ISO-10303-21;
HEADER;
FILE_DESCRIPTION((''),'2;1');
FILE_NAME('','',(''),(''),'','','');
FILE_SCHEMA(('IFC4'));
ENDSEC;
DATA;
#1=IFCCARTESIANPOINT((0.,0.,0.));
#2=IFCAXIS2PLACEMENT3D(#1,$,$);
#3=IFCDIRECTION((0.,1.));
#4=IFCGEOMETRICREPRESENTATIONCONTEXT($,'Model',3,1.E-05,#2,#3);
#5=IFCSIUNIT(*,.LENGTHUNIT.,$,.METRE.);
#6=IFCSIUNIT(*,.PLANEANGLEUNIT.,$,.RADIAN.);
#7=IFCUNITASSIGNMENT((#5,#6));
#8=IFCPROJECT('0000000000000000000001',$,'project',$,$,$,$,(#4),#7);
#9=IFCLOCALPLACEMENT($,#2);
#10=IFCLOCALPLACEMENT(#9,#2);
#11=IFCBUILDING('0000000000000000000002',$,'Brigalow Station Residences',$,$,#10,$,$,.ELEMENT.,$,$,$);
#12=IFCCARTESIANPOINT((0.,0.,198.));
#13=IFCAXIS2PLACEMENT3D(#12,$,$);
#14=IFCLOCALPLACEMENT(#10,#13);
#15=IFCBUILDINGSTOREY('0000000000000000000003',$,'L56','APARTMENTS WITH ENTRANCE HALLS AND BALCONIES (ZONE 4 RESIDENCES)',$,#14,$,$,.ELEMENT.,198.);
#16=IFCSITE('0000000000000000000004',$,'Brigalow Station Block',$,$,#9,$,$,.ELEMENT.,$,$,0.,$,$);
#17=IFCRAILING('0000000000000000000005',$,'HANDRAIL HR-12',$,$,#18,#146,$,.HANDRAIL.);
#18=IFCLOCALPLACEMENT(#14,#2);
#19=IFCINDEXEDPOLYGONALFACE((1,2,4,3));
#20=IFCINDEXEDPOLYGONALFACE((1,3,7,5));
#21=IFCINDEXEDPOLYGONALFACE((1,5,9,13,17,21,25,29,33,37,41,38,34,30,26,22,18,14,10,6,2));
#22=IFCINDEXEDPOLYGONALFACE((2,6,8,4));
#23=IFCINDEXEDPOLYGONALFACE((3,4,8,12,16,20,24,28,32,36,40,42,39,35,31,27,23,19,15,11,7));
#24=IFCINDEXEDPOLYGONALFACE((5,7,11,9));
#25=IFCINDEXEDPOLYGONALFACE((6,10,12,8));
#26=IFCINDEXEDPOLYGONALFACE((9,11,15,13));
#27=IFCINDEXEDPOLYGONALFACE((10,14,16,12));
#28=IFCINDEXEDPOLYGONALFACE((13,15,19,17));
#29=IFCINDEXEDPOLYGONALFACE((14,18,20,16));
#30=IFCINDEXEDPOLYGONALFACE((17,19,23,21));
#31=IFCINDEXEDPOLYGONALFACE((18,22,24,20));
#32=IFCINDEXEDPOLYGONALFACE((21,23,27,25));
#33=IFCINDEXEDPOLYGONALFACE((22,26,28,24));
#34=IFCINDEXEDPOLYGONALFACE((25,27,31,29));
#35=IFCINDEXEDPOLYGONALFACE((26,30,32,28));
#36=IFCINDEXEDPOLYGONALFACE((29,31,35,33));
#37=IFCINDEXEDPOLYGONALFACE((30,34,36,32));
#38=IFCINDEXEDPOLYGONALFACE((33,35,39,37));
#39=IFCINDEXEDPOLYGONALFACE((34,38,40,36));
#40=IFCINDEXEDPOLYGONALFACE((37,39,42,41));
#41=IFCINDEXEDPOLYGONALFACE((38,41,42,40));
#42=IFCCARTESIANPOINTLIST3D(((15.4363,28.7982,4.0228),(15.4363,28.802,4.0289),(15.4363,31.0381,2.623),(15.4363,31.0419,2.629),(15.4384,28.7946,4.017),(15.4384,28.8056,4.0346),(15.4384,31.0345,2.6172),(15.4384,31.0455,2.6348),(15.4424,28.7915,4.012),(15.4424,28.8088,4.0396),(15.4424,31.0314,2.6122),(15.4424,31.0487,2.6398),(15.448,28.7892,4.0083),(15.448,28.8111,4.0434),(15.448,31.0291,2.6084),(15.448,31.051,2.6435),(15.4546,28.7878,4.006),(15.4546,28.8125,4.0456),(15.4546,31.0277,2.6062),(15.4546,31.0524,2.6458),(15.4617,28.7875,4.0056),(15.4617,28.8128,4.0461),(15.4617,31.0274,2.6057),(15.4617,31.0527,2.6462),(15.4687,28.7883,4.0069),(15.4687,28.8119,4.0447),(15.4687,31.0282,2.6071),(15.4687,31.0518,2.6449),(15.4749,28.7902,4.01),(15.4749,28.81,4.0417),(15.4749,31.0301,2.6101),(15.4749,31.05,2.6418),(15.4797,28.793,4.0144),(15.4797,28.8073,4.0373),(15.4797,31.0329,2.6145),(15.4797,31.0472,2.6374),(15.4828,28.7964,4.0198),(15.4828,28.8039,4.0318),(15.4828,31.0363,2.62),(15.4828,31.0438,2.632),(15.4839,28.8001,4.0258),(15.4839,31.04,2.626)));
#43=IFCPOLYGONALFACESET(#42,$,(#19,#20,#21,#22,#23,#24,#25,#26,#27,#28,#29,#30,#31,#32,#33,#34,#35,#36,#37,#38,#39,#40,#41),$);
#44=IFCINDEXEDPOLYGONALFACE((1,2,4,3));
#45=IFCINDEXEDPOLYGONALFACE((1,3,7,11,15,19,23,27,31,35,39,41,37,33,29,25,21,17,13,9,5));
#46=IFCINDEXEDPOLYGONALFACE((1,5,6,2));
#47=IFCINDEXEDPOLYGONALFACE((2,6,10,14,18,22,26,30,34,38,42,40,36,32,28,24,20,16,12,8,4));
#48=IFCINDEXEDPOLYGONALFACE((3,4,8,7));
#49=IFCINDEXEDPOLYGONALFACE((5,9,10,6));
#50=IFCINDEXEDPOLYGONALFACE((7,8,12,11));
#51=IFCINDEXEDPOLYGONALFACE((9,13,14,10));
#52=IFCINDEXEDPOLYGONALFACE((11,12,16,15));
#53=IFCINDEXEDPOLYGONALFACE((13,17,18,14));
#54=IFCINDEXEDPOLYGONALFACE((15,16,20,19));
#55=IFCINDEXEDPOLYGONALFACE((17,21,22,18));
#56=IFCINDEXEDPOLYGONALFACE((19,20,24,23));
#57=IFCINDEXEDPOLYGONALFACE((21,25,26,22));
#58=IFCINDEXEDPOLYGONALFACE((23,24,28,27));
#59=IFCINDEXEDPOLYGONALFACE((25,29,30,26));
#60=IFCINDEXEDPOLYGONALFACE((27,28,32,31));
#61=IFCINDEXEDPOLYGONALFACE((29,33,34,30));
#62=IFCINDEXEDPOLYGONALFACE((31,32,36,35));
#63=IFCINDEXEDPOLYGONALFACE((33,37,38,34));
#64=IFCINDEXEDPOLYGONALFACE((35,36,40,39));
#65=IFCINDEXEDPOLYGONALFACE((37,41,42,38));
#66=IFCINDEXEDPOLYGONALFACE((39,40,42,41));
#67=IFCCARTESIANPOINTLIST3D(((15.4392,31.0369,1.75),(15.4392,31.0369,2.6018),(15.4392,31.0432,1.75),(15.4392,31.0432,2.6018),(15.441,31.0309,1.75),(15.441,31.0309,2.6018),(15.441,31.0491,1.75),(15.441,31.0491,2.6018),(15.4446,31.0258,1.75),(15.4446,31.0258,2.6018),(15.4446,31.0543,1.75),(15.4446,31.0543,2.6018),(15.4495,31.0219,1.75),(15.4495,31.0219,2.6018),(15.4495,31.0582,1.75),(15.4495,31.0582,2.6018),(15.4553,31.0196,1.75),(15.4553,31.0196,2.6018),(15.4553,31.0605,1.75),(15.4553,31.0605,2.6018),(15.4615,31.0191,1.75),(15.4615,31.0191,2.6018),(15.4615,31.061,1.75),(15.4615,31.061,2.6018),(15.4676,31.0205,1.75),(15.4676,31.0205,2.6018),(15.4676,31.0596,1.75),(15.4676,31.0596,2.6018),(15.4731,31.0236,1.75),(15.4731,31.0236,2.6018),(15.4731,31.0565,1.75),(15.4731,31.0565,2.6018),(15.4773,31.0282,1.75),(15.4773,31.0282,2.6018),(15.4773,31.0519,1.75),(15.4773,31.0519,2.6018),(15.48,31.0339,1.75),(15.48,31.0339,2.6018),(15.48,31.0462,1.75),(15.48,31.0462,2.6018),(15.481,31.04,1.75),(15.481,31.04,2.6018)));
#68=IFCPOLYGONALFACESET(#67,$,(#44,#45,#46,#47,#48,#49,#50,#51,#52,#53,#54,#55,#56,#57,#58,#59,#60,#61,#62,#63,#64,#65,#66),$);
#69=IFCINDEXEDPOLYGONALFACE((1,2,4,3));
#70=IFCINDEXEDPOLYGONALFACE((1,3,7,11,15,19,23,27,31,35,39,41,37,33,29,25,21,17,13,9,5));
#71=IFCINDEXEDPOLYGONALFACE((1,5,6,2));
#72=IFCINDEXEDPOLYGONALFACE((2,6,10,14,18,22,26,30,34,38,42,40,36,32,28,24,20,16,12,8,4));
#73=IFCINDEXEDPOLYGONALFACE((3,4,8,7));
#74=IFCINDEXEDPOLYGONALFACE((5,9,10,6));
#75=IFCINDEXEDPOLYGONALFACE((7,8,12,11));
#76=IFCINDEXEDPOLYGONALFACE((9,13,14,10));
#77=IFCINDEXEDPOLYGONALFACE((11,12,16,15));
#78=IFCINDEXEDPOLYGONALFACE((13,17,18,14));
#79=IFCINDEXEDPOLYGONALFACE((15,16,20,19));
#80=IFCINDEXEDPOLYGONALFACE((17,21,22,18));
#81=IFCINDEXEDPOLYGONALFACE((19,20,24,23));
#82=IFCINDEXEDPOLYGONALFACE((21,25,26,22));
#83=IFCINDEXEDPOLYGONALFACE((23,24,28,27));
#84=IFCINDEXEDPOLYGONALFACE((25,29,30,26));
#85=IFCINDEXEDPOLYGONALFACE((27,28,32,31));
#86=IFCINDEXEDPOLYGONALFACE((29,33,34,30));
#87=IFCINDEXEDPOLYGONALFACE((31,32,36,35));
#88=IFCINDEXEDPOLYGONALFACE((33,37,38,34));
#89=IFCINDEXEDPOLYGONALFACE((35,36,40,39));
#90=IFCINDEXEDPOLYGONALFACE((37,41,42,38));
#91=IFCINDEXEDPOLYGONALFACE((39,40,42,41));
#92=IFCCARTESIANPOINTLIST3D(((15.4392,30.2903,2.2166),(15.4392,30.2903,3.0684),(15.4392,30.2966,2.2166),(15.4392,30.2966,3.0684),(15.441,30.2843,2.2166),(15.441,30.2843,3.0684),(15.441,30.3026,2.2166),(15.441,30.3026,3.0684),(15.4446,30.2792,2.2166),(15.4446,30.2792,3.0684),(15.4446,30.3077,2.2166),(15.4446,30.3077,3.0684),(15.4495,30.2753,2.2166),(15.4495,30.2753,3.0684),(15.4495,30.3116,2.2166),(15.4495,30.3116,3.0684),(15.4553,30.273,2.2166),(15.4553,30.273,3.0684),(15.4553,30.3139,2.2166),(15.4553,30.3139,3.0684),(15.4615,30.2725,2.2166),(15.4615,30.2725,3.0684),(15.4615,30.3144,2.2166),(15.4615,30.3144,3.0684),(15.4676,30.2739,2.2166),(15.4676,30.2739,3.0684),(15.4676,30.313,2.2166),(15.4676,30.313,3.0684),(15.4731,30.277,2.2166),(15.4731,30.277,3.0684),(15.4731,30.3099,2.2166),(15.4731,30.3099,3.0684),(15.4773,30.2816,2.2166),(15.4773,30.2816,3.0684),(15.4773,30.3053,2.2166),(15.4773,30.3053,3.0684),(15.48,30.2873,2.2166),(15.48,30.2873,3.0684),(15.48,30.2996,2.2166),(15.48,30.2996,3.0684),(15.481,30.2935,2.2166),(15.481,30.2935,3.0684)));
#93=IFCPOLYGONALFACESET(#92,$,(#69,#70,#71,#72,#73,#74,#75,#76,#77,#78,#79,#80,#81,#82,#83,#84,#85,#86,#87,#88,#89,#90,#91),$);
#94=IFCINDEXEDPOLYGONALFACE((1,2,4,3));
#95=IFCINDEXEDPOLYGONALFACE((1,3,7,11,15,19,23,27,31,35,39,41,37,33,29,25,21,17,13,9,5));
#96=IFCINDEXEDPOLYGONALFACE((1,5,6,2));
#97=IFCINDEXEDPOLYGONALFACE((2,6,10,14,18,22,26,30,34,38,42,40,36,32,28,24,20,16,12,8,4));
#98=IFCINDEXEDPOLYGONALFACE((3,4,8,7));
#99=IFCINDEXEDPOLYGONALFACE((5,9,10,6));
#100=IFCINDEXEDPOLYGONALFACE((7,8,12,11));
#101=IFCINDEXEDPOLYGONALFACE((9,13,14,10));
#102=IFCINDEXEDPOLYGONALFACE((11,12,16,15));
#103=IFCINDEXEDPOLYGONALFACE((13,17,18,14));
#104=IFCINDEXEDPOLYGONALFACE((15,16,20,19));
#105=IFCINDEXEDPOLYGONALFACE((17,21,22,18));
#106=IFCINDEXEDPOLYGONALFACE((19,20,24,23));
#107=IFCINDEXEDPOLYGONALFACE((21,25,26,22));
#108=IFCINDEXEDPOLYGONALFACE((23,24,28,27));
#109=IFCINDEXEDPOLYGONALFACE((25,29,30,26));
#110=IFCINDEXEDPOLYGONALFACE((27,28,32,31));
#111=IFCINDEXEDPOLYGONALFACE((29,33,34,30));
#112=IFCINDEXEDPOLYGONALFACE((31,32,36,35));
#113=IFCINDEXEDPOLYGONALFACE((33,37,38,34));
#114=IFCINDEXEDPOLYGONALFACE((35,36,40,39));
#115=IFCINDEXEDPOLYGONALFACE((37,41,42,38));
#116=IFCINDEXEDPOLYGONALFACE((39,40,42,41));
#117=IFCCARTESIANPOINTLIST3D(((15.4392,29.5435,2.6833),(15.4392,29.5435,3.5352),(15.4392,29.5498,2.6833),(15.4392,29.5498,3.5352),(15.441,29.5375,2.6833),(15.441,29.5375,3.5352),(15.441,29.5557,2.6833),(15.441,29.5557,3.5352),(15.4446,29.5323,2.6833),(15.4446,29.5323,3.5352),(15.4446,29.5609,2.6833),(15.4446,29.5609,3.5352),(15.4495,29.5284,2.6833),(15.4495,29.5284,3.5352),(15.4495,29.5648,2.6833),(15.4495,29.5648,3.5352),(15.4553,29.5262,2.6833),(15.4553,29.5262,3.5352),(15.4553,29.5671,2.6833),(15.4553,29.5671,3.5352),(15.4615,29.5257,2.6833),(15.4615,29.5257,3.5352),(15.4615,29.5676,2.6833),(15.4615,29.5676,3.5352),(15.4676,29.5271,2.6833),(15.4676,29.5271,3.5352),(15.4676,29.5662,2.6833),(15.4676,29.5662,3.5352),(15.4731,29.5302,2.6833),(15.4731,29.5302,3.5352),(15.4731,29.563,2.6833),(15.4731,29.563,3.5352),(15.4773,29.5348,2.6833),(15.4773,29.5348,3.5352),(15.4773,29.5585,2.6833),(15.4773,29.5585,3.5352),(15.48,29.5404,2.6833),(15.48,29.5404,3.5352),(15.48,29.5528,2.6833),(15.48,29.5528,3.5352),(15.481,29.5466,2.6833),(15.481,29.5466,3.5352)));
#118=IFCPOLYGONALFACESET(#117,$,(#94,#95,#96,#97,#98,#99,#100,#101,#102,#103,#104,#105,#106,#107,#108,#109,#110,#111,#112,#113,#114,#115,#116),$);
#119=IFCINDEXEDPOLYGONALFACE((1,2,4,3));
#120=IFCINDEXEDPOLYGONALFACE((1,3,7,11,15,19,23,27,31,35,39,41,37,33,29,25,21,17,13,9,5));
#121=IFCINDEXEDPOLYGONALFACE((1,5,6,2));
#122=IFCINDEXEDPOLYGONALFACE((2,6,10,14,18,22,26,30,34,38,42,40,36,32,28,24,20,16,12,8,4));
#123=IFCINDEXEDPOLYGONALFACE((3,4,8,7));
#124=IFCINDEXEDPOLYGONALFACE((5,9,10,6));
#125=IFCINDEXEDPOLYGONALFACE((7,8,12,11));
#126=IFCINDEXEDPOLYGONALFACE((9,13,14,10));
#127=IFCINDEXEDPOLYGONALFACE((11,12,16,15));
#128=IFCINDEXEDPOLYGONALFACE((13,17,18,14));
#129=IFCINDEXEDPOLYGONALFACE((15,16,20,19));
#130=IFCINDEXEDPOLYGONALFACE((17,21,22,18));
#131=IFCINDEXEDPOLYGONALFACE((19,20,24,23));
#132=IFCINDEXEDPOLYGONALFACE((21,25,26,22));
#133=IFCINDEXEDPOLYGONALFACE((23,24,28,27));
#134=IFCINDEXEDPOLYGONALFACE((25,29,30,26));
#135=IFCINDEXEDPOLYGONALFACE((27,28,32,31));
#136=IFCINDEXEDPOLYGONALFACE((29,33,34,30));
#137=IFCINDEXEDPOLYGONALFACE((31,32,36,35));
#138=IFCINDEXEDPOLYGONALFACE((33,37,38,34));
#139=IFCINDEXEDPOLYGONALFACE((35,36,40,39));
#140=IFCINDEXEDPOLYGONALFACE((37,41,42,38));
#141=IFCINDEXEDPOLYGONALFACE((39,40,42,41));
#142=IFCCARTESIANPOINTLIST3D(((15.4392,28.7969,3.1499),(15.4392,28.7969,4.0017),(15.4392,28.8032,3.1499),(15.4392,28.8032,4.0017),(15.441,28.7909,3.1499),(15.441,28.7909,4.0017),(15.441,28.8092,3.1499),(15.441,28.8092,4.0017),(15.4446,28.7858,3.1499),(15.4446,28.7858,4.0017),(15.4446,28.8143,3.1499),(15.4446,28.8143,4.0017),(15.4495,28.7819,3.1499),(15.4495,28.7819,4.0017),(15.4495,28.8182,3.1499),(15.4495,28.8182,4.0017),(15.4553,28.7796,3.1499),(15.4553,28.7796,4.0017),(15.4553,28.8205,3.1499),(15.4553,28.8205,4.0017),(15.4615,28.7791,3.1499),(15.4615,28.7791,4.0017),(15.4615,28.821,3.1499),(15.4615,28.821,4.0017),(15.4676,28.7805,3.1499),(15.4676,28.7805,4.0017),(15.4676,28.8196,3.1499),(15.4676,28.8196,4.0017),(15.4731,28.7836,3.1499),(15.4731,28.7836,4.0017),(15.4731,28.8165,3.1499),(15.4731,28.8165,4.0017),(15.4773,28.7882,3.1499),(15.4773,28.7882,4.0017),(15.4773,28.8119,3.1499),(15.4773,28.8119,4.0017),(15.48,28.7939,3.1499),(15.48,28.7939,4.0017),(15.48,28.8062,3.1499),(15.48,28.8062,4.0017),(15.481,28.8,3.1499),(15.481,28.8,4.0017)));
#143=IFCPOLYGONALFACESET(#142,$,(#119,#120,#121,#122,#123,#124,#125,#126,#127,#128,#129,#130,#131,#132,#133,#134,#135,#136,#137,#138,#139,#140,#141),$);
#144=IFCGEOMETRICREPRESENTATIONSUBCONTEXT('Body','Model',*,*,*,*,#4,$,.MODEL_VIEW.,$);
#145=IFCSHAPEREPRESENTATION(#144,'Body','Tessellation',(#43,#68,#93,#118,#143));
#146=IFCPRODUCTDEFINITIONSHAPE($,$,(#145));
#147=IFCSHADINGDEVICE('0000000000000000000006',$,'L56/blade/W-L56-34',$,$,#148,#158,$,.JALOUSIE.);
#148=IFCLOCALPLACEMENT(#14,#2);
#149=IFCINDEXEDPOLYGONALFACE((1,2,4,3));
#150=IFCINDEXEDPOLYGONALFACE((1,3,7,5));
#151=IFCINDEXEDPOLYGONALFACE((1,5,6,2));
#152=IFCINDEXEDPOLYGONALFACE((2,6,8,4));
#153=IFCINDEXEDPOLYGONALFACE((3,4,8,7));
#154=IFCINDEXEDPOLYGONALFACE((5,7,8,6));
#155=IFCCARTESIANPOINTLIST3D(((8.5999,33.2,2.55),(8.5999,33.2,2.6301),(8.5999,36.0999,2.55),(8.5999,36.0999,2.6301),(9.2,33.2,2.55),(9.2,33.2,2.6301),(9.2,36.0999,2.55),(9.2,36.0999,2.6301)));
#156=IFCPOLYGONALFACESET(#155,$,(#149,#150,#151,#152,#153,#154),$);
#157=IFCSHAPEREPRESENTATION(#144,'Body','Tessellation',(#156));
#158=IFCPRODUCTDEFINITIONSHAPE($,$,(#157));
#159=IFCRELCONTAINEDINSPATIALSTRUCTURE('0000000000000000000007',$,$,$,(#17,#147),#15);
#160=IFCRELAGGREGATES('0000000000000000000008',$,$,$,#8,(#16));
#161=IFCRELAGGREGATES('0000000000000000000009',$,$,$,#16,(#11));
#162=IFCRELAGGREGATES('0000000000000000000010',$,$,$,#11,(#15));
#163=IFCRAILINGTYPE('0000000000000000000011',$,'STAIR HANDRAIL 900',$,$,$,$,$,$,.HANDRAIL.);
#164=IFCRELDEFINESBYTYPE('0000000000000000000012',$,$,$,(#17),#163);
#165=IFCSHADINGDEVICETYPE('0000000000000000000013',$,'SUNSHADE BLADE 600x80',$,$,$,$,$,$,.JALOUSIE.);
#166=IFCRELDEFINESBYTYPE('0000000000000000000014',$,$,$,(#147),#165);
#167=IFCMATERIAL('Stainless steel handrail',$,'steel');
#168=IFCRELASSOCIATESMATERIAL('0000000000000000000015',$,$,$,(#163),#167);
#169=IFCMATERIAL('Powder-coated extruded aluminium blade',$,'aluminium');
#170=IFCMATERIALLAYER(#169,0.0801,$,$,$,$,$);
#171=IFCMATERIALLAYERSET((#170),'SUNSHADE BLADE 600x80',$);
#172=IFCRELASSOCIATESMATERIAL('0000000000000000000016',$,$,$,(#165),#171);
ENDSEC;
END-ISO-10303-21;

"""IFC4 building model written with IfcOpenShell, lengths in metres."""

from ifc_helpers import new_model, si_unit, direction, frame, origin, origin_2d, place, context, subcontext, project, spatial, rectangle, circle, extrude, material, layer, layer_set, type_object, element, save


model = new_model("IFC4")

# Units and contexts
model_context = context("Model", 3, precision=1e-05, world=origin(), true_north=direction((0.0, 1.0)))
body_context = subcontext(model_context, "Body", "Model", "MODEL_VIEW")
ifc_project = project(units=[si_unit("LENGTHUNIT", "METRE"), si_unit("PLANEANGLEUNIT", "RADIAN")], contexts=[model_context])

# Site, building, storey
site_placement = place(None, origin())
site = spatial("IfcSite", under=ifc_project, at=site_placement, Name="Brigalow Station Block", CompositionType="ELEMENT", RefElevation=0.0)
building_placement = place(site_placement, origin())
building = spatial("IfcBuilding", under=site, at=building_placement, Name="Brigalow Station Residences", CompositionType="ELEMENT")
storey_placement = place(building_placement, frame((0.0, 0.0, 198.0)))
storey = spatial("IfcBuildingStorey", under=building, at=storey_placement, Name="L56", Description="APARTMENTS WITH ENTRANCE HALLS AND BALCONIES (ZONE 4 RESIDENCES)", CompositionType="ELEMENT", Elevation=198.0)

# Railing
ifc_material_1 = material(Name="Stainless steel handrail", Category="steel")
railing_type = type_object("IfcRailingType", Name="STAIR HANDRAIL 900", PredefinedType="HANDRAIL", material=ifc_material_1)
railing_placement = place(storey_placement, frame((15.46, 31.04, 1.75)))
element("IfcRailing", 1, at=railing_placement, inside=storey, type_object=railing_type, Name="HANDRAIL HR-12", PredefinedType="HANDRAIL", context=body_context, shape_type="SweptSolid", body=[
    extrude(circle(Radius=0.0239, at=origin_2d()), frame((0.0, 0.0, 0.876), z_axis=(0.0, -0.848014, 0.529974), x_axis=(1.0, 0.0, 0.0)), (0.0, 0.0, 1.0), 2.6414),
    extrude(circle(Radius=0.021, at=origin_2d()), origin(), (0.0, 0.0, 1.0), 0.8518),
    extrude(circle(Radius=0.021, at=origin_2d()), frame((0.0, -0.7466, 0.4666)), (0.0, 0.0, 1.0), 0.8518),
    extrude(circle(Radius=0.021, at=origin_2d()), frame((0.0, -1.4934, 0.9333)), (0.0, 0.0, 1.0), 0.8518),
    extrude(circle(Radius=0.021, at=origin_2d()), frame((0.0, -2.24, 1.3999)), (0.0, 0.0, 1.0), 0.8518),
])

# Shading device
ifc_material_2 = material(Name="Powder-coated extruded aluminium blade", Category="aluminium")
ifc_layer_1 = layer(ifc_material_2, 0.0801)
ifc_layer_set_1 = layer_set([ifc_layer_1], Name="SUNSHADE BLADE 600x80")
shading_device_type = type_object("IfcShadingDeviceType", Name="SUNSHADE BLADE 600x80", PredefinedType="JALOUSIE", material=ifc_layer_set_1)
shading_device_placement = place(storey_placement, frame((8.8999, 34.6499, 2.55), z_axis=(0.0, 0.0, 1.0), x_axis=(0.0, -1.0, 0.0)))
element("IfcShadingDevice", 2, at=shading_device_placement, inside=storey, type_object=shading_device_type, Name="L56/blade/W-L56-34", PredefinedType="JALOUSIE", context=body_context, shape_type="SweptSolid", body=[
    extrude(rectangle(XDim=2.8999, YDim=0.6001, at=origin_2d()), origin(), (0.0, 0.0, 1.0), 0.0801),
])

save(model, "model.ifc")
